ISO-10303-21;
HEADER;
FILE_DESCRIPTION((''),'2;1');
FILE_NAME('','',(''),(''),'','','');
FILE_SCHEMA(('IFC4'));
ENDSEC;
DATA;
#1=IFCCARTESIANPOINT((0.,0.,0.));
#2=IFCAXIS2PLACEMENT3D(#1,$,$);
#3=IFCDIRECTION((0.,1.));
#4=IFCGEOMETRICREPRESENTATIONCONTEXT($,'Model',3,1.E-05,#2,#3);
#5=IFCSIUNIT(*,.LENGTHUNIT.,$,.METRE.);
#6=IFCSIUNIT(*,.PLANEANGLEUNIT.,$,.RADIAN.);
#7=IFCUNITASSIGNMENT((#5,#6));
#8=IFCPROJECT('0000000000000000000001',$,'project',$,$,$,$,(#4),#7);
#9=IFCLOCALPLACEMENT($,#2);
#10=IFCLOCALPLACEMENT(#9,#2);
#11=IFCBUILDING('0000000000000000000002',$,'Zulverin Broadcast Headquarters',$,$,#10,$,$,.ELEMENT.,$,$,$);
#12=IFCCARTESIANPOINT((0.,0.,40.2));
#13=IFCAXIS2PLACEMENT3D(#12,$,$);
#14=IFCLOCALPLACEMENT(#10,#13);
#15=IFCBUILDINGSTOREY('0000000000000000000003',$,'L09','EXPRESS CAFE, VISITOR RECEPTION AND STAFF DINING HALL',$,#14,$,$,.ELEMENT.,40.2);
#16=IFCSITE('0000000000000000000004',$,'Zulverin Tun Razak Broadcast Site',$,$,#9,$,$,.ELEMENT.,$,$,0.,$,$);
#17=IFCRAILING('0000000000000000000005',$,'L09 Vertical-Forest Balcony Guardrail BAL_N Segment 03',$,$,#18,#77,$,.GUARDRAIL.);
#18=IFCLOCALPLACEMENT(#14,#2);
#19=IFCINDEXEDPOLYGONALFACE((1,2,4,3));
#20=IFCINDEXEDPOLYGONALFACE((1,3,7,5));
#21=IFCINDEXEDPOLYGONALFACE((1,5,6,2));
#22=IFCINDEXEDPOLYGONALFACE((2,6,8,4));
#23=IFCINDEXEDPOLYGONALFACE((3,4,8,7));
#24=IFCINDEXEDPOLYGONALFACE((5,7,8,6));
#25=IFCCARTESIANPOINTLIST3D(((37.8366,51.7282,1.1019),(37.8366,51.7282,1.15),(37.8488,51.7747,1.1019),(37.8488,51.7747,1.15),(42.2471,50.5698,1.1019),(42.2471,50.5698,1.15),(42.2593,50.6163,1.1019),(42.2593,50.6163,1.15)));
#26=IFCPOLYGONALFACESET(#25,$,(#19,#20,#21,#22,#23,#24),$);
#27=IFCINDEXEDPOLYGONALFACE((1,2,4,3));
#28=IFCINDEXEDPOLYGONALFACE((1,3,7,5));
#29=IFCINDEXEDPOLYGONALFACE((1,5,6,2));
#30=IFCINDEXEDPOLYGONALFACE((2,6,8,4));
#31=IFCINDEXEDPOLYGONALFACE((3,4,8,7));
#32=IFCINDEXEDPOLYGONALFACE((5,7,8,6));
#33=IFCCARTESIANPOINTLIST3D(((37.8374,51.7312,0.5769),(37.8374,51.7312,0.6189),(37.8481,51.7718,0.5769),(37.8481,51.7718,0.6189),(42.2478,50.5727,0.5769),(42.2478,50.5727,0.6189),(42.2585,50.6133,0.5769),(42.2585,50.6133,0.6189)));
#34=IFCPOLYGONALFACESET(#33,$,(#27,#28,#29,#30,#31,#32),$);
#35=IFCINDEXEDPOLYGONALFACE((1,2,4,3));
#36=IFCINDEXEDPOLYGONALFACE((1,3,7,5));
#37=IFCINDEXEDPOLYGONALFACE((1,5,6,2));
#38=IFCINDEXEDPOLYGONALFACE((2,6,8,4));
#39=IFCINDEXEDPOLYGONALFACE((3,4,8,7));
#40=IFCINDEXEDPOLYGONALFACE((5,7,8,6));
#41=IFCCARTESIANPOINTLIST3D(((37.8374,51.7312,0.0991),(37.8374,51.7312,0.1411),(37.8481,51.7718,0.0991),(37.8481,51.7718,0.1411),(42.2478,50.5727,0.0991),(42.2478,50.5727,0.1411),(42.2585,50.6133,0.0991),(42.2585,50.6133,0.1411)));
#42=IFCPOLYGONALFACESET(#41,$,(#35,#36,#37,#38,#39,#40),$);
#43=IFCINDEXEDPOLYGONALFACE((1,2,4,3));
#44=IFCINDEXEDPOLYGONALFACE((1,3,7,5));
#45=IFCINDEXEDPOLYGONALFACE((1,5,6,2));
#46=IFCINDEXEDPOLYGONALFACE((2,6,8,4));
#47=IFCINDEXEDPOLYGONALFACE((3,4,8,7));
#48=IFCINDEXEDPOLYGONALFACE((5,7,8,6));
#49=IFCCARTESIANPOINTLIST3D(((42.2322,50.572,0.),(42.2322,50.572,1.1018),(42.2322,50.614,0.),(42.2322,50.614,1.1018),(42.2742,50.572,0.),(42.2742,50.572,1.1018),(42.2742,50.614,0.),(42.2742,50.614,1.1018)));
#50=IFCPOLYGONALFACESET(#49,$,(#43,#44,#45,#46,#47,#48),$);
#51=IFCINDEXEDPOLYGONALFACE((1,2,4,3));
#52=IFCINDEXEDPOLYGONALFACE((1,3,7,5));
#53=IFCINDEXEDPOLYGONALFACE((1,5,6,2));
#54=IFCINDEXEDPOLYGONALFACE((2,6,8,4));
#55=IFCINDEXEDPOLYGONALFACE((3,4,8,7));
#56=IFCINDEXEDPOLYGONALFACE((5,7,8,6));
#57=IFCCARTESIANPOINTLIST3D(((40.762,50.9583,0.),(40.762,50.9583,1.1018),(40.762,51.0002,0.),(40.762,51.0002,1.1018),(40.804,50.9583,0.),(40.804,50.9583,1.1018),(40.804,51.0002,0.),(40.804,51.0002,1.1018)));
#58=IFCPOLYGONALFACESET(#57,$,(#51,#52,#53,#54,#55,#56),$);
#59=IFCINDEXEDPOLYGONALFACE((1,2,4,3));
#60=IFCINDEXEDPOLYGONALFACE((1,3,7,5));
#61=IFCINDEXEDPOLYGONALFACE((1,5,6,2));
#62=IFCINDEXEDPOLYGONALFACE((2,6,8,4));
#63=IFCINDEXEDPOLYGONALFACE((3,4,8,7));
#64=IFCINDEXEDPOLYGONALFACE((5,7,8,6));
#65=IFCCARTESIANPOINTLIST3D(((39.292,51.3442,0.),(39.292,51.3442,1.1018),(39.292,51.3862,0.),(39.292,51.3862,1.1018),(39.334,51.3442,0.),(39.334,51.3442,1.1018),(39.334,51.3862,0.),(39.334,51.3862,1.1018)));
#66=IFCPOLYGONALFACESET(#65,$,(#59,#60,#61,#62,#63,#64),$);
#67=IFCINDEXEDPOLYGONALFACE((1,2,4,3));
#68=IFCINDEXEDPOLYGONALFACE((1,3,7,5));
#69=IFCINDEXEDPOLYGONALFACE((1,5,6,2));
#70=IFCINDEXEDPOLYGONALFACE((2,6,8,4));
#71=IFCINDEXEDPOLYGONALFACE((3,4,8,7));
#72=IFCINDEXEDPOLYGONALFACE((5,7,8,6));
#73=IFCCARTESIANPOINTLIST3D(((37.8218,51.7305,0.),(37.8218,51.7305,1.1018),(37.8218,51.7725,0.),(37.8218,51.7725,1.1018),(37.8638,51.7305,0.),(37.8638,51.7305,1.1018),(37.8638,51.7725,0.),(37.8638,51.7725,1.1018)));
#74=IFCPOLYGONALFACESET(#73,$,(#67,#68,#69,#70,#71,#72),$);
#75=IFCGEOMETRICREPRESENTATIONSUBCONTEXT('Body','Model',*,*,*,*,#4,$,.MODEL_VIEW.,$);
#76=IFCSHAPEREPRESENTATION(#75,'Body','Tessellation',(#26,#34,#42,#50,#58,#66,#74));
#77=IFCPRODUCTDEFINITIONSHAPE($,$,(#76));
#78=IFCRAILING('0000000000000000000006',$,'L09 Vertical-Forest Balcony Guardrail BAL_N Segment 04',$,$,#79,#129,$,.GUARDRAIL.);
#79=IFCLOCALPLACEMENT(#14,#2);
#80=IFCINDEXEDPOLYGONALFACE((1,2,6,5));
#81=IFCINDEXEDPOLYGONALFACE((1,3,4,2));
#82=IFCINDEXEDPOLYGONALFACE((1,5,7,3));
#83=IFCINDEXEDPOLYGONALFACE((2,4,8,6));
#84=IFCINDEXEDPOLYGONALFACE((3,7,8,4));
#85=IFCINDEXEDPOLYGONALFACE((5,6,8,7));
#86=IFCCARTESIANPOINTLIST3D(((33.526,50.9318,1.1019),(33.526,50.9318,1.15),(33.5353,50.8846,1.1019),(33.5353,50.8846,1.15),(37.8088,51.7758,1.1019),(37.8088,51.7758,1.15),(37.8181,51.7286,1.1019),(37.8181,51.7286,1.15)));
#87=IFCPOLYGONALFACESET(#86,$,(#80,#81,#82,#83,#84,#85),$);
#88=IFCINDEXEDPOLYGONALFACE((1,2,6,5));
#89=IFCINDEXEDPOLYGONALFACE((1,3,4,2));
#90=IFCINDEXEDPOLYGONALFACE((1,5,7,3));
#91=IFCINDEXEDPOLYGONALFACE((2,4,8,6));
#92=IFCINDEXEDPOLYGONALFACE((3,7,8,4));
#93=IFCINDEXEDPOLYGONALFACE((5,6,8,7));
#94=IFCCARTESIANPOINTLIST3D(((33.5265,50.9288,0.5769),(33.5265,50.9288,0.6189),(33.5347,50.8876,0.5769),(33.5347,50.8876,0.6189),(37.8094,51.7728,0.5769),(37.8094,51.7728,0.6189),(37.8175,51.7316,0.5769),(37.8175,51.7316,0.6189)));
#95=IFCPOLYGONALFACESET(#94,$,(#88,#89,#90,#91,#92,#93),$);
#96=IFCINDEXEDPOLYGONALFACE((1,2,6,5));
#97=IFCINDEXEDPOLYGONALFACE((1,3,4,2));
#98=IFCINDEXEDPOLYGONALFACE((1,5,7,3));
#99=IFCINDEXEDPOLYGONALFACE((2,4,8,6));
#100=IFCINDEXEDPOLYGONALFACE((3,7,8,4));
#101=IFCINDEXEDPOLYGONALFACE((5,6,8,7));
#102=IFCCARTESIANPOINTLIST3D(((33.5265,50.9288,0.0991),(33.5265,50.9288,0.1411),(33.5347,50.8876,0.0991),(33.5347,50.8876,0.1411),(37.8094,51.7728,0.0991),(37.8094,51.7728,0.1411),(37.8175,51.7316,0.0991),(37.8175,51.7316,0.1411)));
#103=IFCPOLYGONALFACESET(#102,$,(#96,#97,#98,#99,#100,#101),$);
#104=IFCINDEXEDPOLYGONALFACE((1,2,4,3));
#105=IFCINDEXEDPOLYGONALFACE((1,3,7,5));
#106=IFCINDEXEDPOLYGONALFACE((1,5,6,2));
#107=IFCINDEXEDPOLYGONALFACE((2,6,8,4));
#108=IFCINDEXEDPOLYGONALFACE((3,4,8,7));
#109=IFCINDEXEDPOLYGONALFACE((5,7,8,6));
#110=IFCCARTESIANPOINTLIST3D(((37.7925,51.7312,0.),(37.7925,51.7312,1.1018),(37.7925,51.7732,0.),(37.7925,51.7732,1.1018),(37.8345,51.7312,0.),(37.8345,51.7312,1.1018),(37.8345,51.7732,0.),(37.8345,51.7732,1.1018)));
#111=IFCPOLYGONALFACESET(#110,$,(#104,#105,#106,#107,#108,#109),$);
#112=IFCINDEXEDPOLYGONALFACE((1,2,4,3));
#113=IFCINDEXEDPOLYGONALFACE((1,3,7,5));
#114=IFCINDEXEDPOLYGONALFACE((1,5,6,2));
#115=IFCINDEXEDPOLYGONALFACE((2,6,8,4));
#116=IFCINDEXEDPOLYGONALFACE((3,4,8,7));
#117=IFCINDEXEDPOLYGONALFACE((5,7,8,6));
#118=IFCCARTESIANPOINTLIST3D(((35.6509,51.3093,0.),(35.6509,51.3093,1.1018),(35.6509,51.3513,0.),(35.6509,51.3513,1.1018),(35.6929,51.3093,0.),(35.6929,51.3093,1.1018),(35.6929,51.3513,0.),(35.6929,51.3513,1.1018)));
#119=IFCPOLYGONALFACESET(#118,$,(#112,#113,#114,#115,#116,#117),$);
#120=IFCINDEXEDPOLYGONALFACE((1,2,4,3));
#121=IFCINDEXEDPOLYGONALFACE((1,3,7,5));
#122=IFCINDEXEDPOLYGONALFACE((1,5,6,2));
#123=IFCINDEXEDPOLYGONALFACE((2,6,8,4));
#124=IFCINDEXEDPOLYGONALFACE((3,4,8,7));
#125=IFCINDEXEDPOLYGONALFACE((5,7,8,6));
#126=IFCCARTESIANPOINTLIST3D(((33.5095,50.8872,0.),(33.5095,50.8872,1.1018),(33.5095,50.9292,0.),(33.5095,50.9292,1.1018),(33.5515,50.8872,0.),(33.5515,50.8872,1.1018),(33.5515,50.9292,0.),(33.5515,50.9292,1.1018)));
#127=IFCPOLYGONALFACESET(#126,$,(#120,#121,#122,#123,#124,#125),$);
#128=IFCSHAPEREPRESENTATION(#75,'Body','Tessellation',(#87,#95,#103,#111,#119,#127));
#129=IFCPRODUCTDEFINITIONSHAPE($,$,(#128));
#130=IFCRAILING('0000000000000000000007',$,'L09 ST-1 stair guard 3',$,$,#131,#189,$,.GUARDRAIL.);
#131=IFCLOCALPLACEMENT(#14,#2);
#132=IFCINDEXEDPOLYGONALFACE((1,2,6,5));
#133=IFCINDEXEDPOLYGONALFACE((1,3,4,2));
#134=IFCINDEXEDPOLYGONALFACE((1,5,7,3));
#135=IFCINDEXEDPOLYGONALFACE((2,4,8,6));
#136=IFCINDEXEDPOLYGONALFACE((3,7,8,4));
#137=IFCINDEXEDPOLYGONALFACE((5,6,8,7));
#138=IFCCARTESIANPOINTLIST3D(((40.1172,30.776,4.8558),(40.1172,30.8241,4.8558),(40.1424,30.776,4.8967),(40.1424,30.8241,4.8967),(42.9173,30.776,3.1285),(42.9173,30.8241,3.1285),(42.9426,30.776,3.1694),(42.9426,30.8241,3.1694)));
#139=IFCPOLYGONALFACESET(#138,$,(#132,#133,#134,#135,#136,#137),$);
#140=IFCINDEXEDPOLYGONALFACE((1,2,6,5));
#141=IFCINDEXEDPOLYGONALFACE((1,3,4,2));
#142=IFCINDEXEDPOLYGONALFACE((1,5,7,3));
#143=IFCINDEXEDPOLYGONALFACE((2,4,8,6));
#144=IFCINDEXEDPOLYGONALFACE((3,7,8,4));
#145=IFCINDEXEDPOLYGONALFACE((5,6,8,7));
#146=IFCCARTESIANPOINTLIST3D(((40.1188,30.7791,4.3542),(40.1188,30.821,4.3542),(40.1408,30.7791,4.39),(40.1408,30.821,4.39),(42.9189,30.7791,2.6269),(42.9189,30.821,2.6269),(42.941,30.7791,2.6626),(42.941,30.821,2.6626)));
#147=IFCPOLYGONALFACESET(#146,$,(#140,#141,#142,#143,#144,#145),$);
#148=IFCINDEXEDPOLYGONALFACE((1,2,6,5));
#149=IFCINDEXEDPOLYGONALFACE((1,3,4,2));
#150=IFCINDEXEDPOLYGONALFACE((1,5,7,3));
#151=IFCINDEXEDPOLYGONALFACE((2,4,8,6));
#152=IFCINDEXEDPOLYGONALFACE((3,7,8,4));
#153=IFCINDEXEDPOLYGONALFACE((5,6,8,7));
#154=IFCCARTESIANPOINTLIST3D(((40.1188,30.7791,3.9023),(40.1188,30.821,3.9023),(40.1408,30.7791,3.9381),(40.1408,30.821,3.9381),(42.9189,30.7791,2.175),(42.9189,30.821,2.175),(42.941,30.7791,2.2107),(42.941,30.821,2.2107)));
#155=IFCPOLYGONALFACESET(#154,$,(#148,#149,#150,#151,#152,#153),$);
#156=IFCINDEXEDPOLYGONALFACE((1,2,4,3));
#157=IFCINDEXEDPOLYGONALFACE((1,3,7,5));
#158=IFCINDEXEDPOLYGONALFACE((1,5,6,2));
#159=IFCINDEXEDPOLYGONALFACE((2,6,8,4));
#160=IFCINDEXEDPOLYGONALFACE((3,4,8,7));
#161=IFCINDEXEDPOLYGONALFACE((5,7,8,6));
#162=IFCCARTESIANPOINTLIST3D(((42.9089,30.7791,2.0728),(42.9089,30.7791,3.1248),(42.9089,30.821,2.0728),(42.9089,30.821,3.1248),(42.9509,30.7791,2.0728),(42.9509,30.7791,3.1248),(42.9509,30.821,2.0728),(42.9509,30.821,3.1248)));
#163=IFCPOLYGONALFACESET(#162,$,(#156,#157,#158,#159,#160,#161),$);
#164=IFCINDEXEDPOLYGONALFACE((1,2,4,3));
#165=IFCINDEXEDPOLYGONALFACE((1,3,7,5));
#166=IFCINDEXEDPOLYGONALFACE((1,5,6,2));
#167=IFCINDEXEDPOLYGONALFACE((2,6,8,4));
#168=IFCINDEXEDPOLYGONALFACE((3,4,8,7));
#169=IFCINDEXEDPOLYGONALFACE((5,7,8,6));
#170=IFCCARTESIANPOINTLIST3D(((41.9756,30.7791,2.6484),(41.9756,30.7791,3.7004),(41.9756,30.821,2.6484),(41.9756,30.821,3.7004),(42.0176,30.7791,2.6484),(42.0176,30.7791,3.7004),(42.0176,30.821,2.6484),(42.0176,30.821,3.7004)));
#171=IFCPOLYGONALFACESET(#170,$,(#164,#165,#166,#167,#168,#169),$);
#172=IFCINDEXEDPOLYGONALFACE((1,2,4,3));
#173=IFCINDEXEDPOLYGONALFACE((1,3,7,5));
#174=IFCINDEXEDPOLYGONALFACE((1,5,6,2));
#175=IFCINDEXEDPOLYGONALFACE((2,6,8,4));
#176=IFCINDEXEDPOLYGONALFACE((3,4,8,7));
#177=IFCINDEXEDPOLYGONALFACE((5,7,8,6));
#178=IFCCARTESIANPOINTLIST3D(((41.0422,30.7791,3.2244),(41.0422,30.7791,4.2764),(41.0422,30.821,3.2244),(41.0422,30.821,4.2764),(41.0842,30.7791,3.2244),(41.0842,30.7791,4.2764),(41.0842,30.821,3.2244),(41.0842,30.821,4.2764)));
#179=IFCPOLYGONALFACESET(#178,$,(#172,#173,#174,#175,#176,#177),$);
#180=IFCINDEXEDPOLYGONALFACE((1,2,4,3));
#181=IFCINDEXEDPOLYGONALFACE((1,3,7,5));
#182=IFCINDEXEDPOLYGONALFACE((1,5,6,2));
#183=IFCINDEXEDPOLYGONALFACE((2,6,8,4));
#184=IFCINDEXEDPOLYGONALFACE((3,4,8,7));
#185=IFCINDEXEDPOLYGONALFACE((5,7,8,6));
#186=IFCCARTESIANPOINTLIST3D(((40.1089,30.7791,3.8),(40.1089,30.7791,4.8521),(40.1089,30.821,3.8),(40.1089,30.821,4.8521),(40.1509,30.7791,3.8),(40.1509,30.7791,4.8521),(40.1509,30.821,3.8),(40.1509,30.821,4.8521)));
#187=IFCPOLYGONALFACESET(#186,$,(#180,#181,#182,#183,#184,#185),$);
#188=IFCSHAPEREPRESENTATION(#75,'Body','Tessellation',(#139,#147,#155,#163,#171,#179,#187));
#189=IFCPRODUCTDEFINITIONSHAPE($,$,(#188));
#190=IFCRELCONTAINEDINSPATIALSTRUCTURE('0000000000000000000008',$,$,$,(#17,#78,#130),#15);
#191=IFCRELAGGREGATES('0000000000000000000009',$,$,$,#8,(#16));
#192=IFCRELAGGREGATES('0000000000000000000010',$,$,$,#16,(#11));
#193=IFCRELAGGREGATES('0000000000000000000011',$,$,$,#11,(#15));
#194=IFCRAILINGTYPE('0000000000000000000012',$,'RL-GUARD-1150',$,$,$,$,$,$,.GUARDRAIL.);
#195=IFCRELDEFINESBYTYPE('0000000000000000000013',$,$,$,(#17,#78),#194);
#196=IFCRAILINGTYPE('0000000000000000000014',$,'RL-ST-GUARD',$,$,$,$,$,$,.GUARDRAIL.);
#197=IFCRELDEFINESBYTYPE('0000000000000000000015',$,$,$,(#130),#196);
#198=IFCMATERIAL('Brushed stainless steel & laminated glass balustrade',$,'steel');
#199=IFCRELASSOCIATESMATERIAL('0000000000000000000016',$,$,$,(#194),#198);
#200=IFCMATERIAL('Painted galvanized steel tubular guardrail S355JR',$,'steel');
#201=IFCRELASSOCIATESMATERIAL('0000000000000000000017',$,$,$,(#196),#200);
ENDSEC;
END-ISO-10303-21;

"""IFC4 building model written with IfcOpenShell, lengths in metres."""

from ifc_helpers import new_model, si_unit, direction, frame, origin, origin_2d, place, context, subcontext, project, spatial, rectangle, extrude, material, type_object, element, save


model = new_model("IFC4")

# Units and contexts
model_context = context("Model", 3, precision=1e-05, world=origin(), true_north=direction((0.0, 1.0)))
body_context = subcontext(model_context, "Body", "Model", "MODEL_VIEW")
ifc_project = project(units=[si_unit("LENGTHUNIT", "METRE"), si_unit("PLANEANGLEUNIT", "RADIAN")], contexts=[model_context])

# Site, building, storey
site_placement = place(None, origin())
site = spatial("IfcSite", under=ifc_project, at=site_placement, Name="Zulverin Tun Razak Broadcast Site", CompositionType="ELEMENT", RefElevation=0.0)
building_placement = place(site_placement, origin())
building = spatial("IfcBuilding", under=site, at=building_placement, Name="Zulverin Broadcast Headquarters", CompositionType="ELEMENT")
storey_placement = place(building_placement, frame((0.0, 0.0, 40.2)))
storey = spatial("IfcBuildingStorey", under=building, at=storey_placement, Name="L09", Description="EXPRESS CAFE, VISITOR RECEPTION AND STAFF DINING HALL", CompositionType="ELEMENT", Elevation=40.2)

# Railings
ifc_material_1 = material(Name="Brushed stainless steel & laminated glass balustrade", Category="steel")
railing_type_1 = type_object("IfcRailingType", Name="RL-GUARD-1150", PredefinedType="GUARDRAIL", material=ifc_material_1)
railing_1_placement = place(storey_placement, frame((42.2532, 50.593, 0.0)))
element("IfcRailing", 1, at=railing_1_placement, inside=storey, type_object=railing_type_1, Name="L09 Vertical-Forest Balcony Guardrail BAL_N Segment 03", PredefinedType="GUARDRAIL", context=body_context, shape_type="SweptSolid", body=[
    extrude(rectangle(XDim=0.0481, YDim=0.0481, at=origin_2d()), frame((0.0, 0.0, 1.126), z_axis=(-0.967192, 0.254045, 0.0), x_axis=(-0.254045, -0.967192, 0.0)), (0.0, 0.0, 1.0), 4.5601),
    extrude(rectangle(XDim=0.042, YDim=0.042, at=origin_2d()), frame((0.0, 0.0, 0.5979), z_axis=(-0.967192, 0.254045, 0.0), x_axis=(-0.254045, -0.967192, 0.0)), (0.0, 0.0, 1.0), 4.5601),
    extrude(rectangle(XDim=0.042, YDim=0.042, at=origin_2d()), frame((0.0, 0.0, 0.1201), z_axis=(-0.967192, 0.254045, 0.0), x_axis=(-0.254045, -0.967192, 0.0)), (0.0, 0.0, 1.0), 4.5601),
    extrude(rectangle(XDim=0.042, YDim=0.042, at=origin_2d()), origin(), (0.0, 0.0, 1.0), 1.1018),
    extrude(rectangle(XDim=0.042, YDim=0.042, at=origin_2d()), frame((-1.4702, 0.3862, 0.0)), (0.0, 0.0, 1.0), 1.1018),
    extrude(rectangle(XDim=0.042, YDim=0.042, at=origin_2d()), frame((-2.9402, 0.7722, 0.0)), (0.0, 0.0, 1.0), 1.1018),
    extrude(rectangle(XDim=0.042, YDim=0.042, at=origin_2d()), frame((-4.4104, 1.1584, 0.0)), (0.0, 0.0, 1.0), 1.1018),
])
railing_2_placement = place(storey_placement, frame((37.8135, 51.7522, 0.0)))
element("IfcRailing", 2, at=railing_2_placement, inside=storey, type_object=railing_type_1, Name="L09 Vertical-Forest Balcony Guardrail BAL_N Segment 04", PredefinedType="GUARDRAIL", context=body_context, shape_type="SweptSolid", body=[
    extrude(rectangle(XDim=0.0481, YDim=0.0481, at=origin_2d()), frame((0.0, 0.0, 1.126), z_axis=(-0.981132, -0.19334, 0.0), x_axis=(0.19334, -0.981132, 0.0)), (0.0, 0.0, 1.0), 4.3652),
    extrude(rectangle(XDim=0.042, YDim=0.042, at=origin_2d()), frame((0.0, 0.0, 0.5979), z_axis=(-0.981132, -0.19334, 0.0), x_axis=(0.19334, -0.981132, 0.0)), (0.0, 0.0, 1.0), 4.3652),
    extrude(rectangle(XDim=0.042, YDim=0.042, at=origin_2d()), frame((0.0, 0.0, 0.1201), z_axis=(-0.981132, -0.19334, 0.0), x_axis=(0.19334, -0.981132, 0.0)), (0.0, 0.0, 1.0), 4.3652),
    extrude(rectangle(XDim=0.042, YDim=0.042, at=origin_2d()), origin(), (0.0, 0.0, 1.0), 1.1018),
    extrude(rectangle(XDim=0.042, YDim=0.042, at=origin_2d()), frame((-2.1416, -0.4219, 0.0)), (0.0, 0.0, 1.0), 1.1018),
    extrude(rectangle(XDim=0.042, YDim=0.042, at=origin_2d()), frame((-4.283, -0.844, 0.0)), (0.0, 0.0, 1.0), 1.1018),
])
ifc_material_2 = material(Name="Painted galvanized steel tubular guardrail S355JR", Category="steel")
railing_type_2 = type_object("IfcRailingType", Name="RL-ST-GUARD", PredefinedType="GUARDRAIL", material=ifc_material_2)
railing_3_placement = place(storey_placement, frame((42.9299, 30.8, 2.0728)))
element("IfcRailing", 3, at=railing_3_placement, inside=storey, type_object=railing_type_2, Name="L09 ST-1 stair guard 3", PredefinedType="GUARDRAIL", context=body_context, shape_type="SweptSolid", body=[
    extrude(rectangle(XDim=0.0481, YDim=0.0481, at=origin_2d()), frame((0.0, 0.0, 1.0762), z_axis=(-0.85109, 0.0, 0.52502), x_axis=(0.0, -1.0, 0.0)), (0.0, 0.0, 1.0), 3.29),
    extrude(rectangle(XDim=0.042, YDim=0.042, at=origin_2d()), frame((0.0, 0.0, 0.572), z_axis=(-0.85109, 0.0, 0.52502), x_axis=(0.0, -1.0, 0.0)), (0.0, 0.0, 1.0), 3.29),
    extrude(rectangle(XDim=0.042, YDim=0.042, at=origin_2d()), frame((0.0, 0.0, 0.1201), z_axis=(-0.85109, 0.0, 0.52502), x_axis=(0.0, -1.0, 0.0)), (0.0, 0.0, 1.0), 3.29),
    extrude(rectangle(XDim=0.042, YDim=0.042, at=origin_2d()), origin(), (0.0, 0.0, 1.0), 1.052),
    extrude(rectangle(XDim=0.042, YDim=0.042, at=origin_2d()), frame((-0.9333, 0.0, 0.5757)), (0.0, 0.0, 1.0), 1.052),
    extrude(rectangle(XDim=0.042, YDim=0.042, at=origin_2d()), frame((-1.8667, 0.0, 1.1516)), (0.0, 0.0, 1.0), 1.052),
    extrude(rectangle(XDim=0.042, YDim=0.042, at=origin_2d()), frame((-2.8, 0.0, 1.7273)), (0.0, 0.0, 1.0), 1.052),
])

save(model, "model.ifc")
